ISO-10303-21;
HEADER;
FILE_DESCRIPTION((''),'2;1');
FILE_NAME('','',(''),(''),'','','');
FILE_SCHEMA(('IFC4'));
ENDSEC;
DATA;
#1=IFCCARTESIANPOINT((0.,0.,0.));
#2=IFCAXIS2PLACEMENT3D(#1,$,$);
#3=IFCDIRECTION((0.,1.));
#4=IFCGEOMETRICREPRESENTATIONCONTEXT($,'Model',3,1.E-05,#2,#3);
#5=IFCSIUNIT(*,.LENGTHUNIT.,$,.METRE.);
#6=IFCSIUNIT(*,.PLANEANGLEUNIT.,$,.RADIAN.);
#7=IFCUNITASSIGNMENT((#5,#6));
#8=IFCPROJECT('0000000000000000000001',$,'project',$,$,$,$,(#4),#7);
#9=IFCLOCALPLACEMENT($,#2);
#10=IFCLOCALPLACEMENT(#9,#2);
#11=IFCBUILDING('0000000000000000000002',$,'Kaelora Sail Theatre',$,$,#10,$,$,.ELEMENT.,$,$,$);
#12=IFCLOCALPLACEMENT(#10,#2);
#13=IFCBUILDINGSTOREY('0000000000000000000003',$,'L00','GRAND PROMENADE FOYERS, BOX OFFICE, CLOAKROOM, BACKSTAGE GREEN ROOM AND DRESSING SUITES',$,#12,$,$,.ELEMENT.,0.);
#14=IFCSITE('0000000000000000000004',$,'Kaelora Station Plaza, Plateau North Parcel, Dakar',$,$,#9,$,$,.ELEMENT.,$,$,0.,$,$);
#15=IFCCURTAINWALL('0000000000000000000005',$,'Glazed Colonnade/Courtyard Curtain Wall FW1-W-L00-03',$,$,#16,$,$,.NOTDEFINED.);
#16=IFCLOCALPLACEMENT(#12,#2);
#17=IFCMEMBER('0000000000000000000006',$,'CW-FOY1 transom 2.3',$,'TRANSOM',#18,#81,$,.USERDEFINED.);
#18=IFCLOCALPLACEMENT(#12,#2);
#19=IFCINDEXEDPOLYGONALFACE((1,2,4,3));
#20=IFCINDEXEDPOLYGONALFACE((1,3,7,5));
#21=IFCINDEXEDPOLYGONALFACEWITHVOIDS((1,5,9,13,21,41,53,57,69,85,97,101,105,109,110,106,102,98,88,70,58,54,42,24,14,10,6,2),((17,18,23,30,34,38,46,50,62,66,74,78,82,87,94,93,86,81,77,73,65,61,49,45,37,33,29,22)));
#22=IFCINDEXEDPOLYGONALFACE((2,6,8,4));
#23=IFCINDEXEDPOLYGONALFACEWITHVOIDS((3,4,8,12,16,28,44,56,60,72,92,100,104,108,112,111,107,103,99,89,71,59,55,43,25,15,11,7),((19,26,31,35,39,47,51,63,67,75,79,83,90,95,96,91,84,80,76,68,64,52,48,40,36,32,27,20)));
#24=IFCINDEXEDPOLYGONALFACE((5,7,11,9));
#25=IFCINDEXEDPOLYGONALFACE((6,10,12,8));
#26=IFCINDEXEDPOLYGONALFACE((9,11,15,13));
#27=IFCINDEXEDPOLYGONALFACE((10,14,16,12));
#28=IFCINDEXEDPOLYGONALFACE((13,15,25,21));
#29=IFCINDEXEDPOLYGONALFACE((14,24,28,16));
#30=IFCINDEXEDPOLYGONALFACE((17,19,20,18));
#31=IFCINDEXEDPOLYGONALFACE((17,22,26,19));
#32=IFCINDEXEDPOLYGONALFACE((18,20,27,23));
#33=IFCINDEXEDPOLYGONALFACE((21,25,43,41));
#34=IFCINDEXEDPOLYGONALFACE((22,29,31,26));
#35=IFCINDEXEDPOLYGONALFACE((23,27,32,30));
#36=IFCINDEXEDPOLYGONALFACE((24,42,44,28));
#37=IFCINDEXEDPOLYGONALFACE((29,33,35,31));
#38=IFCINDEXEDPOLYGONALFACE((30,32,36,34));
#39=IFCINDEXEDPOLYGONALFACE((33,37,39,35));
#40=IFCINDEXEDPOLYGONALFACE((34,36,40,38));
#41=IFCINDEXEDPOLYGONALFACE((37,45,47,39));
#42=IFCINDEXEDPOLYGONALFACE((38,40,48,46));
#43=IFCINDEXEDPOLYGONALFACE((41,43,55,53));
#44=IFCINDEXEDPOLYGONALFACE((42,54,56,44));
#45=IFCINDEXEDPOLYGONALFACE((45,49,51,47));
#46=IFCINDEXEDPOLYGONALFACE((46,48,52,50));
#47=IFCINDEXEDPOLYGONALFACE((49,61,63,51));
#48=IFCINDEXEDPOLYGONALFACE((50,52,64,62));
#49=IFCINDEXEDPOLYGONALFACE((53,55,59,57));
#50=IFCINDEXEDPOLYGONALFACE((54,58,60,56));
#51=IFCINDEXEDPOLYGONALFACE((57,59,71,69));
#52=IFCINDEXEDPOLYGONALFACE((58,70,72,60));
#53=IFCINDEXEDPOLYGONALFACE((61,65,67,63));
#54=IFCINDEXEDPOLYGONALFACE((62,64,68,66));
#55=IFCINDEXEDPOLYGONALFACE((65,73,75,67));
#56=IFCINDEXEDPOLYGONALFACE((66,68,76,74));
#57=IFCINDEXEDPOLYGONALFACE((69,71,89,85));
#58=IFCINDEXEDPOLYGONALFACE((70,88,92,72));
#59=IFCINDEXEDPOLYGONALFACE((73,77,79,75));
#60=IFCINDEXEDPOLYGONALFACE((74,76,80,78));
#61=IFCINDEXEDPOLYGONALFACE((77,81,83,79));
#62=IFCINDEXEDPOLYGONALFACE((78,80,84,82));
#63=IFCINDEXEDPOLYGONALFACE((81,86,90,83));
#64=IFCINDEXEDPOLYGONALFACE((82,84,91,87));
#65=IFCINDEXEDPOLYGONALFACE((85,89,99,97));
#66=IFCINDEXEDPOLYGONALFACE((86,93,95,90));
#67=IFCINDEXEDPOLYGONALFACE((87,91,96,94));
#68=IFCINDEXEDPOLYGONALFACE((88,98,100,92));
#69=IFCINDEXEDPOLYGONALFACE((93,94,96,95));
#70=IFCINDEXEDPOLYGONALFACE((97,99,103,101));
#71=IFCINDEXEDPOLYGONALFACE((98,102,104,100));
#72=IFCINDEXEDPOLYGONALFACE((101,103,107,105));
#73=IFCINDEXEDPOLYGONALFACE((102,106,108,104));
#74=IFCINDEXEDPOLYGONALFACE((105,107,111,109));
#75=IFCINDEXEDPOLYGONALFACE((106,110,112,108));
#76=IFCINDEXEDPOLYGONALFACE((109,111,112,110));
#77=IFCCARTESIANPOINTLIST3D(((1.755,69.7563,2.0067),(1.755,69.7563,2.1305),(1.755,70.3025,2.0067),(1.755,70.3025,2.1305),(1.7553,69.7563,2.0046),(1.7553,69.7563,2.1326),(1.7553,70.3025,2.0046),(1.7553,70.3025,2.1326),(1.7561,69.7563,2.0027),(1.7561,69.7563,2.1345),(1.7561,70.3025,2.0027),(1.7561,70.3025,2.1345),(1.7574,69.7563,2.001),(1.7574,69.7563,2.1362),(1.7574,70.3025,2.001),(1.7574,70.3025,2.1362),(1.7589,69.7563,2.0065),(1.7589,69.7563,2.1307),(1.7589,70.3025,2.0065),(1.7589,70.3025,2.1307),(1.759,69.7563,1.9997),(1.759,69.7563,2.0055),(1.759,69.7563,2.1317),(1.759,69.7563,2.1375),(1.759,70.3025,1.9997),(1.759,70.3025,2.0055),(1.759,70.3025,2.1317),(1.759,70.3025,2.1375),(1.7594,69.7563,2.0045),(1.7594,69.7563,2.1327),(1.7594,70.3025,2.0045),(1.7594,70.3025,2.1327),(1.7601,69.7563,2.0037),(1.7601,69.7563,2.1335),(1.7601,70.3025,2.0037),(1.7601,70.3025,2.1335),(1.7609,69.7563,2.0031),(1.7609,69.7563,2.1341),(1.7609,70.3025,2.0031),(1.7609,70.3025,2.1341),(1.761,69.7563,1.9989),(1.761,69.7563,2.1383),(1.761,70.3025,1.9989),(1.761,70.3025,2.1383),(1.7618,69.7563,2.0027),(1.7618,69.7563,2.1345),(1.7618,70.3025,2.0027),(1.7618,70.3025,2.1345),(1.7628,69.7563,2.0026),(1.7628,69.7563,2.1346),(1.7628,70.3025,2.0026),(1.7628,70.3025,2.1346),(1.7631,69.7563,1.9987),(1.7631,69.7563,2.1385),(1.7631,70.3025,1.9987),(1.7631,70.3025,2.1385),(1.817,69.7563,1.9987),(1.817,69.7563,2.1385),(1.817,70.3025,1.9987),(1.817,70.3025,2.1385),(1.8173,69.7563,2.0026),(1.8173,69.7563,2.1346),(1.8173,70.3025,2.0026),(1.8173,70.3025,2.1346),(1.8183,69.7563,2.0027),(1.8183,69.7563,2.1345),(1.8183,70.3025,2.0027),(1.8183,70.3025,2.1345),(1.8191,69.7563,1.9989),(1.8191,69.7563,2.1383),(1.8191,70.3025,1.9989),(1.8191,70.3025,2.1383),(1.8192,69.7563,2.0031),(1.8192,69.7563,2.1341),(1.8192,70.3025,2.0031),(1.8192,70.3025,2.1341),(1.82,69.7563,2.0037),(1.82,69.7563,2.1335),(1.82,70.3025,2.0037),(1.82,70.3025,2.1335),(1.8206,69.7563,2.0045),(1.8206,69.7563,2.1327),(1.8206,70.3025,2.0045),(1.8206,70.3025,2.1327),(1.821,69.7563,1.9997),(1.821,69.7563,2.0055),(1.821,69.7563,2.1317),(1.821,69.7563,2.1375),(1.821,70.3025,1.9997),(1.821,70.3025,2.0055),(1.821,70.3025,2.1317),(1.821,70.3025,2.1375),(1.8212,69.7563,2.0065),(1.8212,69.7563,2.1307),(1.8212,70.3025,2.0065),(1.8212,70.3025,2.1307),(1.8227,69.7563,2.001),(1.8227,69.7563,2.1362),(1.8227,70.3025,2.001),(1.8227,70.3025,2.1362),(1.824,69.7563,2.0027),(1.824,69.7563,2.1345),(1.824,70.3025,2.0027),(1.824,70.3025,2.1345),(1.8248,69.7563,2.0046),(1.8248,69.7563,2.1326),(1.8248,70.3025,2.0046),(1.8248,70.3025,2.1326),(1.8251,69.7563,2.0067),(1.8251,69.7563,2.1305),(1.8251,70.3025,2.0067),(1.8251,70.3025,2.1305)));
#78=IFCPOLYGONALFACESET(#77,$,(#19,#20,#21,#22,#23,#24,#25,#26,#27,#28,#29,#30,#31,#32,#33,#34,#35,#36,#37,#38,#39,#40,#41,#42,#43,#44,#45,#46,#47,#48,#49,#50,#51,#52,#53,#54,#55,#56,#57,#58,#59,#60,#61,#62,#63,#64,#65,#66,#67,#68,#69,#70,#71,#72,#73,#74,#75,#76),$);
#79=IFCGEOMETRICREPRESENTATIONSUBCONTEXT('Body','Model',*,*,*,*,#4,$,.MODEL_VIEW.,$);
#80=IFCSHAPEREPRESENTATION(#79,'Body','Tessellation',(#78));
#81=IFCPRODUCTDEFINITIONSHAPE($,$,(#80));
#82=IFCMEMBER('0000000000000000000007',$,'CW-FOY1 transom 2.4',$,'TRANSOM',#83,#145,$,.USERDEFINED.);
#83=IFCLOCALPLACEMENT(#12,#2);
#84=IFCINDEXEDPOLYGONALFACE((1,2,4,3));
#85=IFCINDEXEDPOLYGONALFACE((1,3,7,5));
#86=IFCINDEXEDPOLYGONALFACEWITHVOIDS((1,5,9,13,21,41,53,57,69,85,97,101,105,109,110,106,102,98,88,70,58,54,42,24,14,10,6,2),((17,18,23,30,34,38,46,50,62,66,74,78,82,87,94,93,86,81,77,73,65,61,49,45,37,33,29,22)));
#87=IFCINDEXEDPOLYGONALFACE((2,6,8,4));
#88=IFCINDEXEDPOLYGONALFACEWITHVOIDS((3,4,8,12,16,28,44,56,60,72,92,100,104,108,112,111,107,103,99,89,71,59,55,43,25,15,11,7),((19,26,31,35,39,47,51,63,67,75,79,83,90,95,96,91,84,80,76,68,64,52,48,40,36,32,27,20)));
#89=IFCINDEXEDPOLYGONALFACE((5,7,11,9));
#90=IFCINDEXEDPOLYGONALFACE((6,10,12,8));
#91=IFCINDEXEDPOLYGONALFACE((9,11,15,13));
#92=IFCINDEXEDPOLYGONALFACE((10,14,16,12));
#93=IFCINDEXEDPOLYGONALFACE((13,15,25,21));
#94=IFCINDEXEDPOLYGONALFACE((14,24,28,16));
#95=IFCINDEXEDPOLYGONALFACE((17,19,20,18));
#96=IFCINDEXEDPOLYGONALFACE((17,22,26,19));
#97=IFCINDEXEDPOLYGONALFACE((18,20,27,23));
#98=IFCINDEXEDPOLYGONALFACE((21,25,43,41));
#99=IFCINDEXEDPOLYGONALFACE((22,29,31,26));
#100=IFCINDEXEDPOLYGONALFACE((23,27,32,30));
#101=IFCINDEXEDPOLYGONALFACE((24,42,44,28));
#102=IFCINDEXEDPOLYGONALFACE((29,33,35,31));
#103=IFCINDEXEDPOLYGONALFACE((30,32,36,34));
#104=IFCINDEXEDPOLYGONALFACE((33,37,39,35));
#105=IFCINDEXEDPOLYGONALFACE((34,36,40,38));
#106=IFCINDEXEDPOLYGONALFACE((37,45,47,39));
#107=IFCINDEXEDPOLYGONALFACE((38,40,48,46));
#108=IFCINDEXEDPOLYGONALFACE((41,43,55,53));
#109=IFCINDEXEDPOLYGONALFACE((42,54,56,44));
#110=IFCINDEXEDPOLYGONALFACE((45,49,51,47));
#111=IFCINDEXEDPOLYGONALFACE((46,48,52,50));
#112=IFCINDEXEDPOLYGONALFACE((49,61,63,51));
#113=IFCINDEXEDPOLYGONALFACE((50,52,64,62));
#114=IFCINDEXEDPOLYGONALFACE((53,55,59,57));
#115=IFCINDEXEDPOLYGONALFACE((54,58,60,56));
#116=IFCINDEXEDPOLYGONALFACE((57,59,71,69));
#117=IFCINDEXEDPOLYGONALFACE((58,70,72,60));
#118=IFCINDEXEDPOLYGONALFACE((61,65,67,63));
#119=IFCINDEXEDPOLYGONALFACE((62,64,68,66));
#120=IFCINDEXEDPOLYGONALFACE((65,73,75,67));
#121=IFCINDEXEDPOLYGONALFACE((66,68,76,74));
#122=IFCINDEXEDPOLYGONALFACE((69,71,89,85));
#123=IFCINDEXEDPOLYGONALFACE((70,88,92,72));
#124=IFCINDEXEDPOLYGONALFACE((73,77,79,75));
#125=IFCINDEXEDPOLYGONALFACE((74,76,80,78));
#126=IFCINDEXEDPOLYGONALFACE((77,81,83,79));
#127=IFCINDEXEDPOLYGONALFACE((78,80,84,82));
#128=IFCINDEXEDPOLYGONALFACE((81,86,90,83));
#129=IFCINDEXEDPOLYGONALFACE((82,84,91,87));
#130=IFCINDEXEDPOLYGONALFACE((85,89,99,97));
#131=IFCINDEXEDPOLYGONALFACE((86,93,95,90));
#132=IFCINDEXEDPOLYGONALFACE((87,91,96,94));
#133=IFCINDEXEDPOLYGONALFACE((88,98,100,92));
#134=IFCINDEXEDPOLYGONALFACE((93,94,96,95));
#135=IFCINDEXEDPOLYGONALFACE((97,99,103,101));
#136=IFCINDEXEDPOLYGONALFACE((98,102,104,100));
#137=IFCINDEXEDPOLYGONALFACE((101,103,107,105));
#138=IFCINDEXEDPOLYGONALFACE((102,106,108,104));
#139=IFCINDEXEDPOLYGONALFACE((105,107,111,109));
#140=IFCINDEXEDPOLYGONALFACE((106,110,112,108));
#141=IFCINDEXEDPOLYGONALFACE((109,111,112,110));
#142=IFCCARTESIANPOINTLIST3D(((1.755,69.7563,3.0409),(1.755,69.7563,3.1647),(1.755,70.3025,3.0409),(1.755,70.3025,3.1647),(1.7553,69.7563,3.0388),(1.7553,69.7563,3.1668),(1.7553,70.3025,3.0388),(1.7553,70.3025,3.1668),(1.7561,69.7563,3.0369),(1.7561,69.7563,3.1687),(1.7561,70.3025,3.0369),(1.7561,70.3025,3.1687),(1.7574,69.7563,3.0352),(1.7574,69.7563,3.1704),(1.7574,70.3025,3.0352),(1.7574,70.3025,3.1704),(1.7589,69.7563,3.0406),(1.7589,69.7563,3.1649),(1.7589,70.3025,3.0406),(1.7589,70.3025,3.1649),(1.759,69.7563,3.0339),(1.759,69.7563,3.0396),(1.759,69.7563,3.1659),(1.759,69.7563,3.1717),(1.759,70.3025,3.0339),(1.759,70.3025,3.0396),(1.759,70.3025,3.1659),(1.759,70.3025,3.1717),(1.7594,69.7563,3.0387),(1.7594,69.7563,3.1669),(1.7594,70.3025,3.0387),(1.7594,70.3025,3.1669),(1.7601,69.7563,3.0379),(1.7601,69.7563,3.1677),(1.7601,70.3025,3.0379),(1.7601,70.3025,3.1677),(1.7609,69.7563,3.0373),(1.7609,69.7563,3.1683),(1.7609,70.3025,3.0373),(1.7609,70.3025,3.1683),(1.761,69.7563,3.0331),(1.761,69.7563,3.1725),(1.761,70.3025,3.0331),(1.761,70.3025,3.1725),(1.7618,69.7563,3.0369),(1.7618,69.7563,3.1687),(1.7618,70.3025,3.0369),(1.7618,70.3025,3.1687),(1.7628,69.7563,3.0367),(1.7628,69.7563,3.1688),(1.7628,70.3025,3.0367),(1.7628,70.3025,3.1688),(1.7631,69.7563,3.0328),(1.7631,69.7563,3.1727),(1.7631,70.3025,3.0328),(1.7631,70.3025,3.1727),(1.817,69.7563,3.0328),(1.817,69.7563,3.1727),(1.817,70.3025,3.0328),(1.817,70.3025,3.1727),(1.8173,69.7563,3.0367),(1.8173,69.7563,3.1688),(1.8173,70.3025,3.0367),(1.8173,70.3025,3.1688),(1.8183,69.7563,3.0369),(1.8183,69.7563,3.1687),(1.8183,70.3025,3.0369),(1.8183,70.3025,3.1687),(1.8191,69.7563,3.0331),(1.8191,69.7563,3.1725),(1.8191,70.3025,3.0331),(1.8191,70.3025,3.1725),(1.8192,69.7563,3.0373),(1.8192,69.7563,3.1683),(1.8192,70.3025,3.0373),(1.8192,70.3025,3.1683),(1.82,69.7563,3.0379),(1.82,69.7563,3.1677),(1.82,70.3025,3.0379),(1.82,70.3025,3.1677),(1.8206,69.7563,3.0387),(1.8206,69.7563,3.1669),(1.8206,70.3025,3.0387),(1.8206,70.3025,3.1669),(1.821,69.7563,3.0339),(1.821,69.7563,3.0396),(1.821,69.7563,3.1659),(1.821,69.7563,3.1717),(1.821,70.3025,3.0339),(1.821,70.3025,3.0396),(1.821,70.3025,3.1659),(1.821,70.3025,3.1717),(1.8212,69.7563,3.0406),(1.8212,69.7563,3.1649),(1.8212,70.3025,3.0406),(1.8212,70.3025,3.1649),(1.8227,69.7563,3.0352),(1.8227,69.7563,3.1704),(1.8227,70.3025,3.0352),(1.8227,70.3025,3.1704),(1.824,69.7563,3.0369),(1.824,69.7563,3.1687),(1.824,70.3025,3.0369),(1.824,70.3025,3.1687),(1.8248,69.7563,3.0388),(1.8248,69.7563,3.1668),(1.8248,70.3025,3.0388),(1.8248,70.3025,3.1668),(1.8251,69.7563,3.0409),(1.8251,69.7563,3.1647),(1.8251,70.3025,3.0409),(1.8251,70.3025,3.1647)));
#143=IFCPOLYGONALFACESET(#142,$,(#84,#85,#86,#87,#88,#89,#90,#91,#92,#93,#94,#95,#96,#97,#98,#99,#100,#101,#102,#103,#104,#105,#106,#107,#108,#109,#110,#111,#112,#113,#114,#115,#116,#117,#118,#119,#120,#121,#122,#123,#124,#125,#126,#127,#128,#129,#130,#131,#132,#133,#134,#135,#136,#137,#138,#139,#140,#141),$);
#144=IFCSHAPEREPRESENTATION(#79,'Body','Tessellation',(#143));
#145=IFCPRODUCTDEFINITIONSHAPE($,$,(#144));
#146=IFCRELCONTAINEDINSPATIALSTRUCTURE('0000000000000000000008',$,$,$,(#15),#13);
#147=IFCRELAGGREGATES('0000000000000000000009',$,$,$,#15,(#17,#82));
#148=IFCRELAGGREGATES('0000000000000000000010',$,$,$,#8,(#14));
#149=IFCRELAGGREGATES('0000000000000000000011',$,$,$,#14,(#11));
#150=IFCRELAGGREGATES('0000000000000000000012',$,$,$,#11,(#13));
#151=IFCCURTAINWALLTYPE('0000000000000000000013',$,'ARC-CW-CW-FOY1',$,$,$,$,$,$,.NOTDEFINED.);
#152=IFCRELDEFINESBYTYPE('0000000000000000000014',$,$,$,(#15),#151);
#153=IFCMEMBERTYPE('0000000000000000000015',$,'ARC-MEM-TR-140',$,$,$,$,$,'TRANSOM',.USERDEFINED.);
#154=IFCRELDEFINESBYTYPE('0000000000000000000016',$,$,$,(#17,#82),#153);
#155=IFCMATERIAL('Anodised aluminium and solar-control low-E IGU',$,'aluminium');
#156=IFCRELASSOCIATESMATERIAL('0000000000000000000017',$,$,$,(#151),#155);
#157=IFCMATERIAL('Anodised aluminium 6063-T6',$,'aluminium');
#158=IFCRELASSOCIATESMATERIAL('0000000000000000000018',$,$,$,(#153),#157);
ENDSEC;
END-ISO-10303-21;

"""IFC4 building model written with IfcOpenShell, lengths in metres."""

from ifc_helpers import new_model, si_unit, direction, frame, origin, origin_2d, place, context, subcontext, project, spatial, hollow_rectangle, extrude, material, material_profile, profile_set, type_object, element, aggregate, save


model = new_model("IFC4")

# Units and contexts
model_context = context("Model", 3, precision=1e-05, world=origin(), true_north=direction((0.0, 1.0)))
body_context = subcontext(model_context, "Body", "Model", "MODEL_VIEW")
ifc_project = project(units=[si_unit("LENGTHUNIT", "METRE"), si_unit("PLANEANGLEUNIT", "RADIAN")], contexts=[model_context])

# Site, building, storey
site_placement = place(None, origin())
site = spatial("IfcSite", under=ifc_project, at=site_placement, Name="Kaelora Station Plaza, Plateau North Parcel, Dakar", CompositionType="ELEMENT", RefElevation=0.0)
building_placement = place(site_placement, origin())
building = spatial("IfcBuilding", under=site, at=building_placement, Name="Kaelora Sail Theatre", CompositionType="ELEMENT")
storey_placement = place(building_placement, origin())
storey = spatial("IfcBuildingStorey", under=building, at=storey_placement, Name="L00", Description="GRAND PROMENADE FOYERS, BOX OFFICE, CLOAKROOM, BACKSTAGE GREEN ROOM AND DRESSING SUITES", CompositionType="ELEMENT", Elevation=0.0)

# Curtain wall, members
ifc_material_1 = material(Name="Anodised aluminium and solar-control low-E IGU", Category="aluminium")
curtain_wall_type = type_object("IfcCurtainWallType", Name="ARC-CW-CW-FOY1", PredefinedType="NOTDEFINED", material=ifc_material_1)
curtain_wall_placement = place(storey_placement, origin())
curtain_wall = element("IfcCurtainWall", 1, at=curtain_wall_placement, inside=storey, type_object=curtain_wall_type, Name="Glazed Colonnade/Courtyard Curtain Wall FW1-W-L00-03", PredefinedType="NOTDEFINED")
ifc_material_2 = material(Name="Anodised aluminium 6063-T6", Category="aluminium")
ifc_material_profile_1 = material_profile(ifc_material_2, hollow_rectangle(XDim=0.0701, YDim=0.1399, WallThickness=0.0039, InnerFilletRadius=0.0039, OuterFilletRadius=0.0081, at=origin_2d()), Name="ALU-TRAN 70x140x4")
ifc_profile_set_1 = profile_set([ifc_material_profile_1], Name="Anodised aluminium 6063-T6")
member_type_1 = type_object("IfcMemberType", Name="ARC-MEM-TR-140", ElementType="TRANSOM", PredefinedType="USERDEFINED", material=ifc_profile_set_1)
member_1_placement = place(storey_placement, frame((1.79, 69.7563, 2.0686), z_axis=(0.0, 1.0, 0.0), x_axis=(-1.0, 0.0, 0.0)))
member_1 = element("IfcMember", 2, at=member_1_placement, type_object=member_type_1, Name="CW-FOY1 transom 2.3", ObjectType="TRANSOM", PredefinedType="USERDEFINED", context=body_context, shape_type="SweptSolid", body=[
    extrude(hollow_rectangle(XDim=0.0701, YDim=0.1399, WallThickness=0.0039, InnerFilletRadius=0.0039, OuterFilletRadius=0.0081, at=origin_2d()), origin(), (0.0, 0.0, 1.0), 0.5461),
])
member_2_placement = place(storey_placement, frame((1.79, 69.7563, 3.1028), z_axis=(0.0, 1.0, 0.0), x_axis=(-1.0, 0.0, 0.0)))
member_2 = element("IfcMember", 3, at=member_2_placement, type_object=member_type_1, Name="CW-FOY1 transom 2.4", ObjectType="TRANSOM", PredefinedType="USERDEFINED", context=body_context, shape_type="SweptSolid", body=[
    extrude(hollow_rectangle(XDim=0.0701, YDim=0.1399, WallThickness=0.0039, InnerFilletRadius=0.0039, OuterFilletRadius=0.0081, at=origin_2d()), origin(), (0.0, 0.0, 1.0), 0.5461),
])

aggregate(curtain_wall, [member_1, member_2])

save(model, "model.ifc")
